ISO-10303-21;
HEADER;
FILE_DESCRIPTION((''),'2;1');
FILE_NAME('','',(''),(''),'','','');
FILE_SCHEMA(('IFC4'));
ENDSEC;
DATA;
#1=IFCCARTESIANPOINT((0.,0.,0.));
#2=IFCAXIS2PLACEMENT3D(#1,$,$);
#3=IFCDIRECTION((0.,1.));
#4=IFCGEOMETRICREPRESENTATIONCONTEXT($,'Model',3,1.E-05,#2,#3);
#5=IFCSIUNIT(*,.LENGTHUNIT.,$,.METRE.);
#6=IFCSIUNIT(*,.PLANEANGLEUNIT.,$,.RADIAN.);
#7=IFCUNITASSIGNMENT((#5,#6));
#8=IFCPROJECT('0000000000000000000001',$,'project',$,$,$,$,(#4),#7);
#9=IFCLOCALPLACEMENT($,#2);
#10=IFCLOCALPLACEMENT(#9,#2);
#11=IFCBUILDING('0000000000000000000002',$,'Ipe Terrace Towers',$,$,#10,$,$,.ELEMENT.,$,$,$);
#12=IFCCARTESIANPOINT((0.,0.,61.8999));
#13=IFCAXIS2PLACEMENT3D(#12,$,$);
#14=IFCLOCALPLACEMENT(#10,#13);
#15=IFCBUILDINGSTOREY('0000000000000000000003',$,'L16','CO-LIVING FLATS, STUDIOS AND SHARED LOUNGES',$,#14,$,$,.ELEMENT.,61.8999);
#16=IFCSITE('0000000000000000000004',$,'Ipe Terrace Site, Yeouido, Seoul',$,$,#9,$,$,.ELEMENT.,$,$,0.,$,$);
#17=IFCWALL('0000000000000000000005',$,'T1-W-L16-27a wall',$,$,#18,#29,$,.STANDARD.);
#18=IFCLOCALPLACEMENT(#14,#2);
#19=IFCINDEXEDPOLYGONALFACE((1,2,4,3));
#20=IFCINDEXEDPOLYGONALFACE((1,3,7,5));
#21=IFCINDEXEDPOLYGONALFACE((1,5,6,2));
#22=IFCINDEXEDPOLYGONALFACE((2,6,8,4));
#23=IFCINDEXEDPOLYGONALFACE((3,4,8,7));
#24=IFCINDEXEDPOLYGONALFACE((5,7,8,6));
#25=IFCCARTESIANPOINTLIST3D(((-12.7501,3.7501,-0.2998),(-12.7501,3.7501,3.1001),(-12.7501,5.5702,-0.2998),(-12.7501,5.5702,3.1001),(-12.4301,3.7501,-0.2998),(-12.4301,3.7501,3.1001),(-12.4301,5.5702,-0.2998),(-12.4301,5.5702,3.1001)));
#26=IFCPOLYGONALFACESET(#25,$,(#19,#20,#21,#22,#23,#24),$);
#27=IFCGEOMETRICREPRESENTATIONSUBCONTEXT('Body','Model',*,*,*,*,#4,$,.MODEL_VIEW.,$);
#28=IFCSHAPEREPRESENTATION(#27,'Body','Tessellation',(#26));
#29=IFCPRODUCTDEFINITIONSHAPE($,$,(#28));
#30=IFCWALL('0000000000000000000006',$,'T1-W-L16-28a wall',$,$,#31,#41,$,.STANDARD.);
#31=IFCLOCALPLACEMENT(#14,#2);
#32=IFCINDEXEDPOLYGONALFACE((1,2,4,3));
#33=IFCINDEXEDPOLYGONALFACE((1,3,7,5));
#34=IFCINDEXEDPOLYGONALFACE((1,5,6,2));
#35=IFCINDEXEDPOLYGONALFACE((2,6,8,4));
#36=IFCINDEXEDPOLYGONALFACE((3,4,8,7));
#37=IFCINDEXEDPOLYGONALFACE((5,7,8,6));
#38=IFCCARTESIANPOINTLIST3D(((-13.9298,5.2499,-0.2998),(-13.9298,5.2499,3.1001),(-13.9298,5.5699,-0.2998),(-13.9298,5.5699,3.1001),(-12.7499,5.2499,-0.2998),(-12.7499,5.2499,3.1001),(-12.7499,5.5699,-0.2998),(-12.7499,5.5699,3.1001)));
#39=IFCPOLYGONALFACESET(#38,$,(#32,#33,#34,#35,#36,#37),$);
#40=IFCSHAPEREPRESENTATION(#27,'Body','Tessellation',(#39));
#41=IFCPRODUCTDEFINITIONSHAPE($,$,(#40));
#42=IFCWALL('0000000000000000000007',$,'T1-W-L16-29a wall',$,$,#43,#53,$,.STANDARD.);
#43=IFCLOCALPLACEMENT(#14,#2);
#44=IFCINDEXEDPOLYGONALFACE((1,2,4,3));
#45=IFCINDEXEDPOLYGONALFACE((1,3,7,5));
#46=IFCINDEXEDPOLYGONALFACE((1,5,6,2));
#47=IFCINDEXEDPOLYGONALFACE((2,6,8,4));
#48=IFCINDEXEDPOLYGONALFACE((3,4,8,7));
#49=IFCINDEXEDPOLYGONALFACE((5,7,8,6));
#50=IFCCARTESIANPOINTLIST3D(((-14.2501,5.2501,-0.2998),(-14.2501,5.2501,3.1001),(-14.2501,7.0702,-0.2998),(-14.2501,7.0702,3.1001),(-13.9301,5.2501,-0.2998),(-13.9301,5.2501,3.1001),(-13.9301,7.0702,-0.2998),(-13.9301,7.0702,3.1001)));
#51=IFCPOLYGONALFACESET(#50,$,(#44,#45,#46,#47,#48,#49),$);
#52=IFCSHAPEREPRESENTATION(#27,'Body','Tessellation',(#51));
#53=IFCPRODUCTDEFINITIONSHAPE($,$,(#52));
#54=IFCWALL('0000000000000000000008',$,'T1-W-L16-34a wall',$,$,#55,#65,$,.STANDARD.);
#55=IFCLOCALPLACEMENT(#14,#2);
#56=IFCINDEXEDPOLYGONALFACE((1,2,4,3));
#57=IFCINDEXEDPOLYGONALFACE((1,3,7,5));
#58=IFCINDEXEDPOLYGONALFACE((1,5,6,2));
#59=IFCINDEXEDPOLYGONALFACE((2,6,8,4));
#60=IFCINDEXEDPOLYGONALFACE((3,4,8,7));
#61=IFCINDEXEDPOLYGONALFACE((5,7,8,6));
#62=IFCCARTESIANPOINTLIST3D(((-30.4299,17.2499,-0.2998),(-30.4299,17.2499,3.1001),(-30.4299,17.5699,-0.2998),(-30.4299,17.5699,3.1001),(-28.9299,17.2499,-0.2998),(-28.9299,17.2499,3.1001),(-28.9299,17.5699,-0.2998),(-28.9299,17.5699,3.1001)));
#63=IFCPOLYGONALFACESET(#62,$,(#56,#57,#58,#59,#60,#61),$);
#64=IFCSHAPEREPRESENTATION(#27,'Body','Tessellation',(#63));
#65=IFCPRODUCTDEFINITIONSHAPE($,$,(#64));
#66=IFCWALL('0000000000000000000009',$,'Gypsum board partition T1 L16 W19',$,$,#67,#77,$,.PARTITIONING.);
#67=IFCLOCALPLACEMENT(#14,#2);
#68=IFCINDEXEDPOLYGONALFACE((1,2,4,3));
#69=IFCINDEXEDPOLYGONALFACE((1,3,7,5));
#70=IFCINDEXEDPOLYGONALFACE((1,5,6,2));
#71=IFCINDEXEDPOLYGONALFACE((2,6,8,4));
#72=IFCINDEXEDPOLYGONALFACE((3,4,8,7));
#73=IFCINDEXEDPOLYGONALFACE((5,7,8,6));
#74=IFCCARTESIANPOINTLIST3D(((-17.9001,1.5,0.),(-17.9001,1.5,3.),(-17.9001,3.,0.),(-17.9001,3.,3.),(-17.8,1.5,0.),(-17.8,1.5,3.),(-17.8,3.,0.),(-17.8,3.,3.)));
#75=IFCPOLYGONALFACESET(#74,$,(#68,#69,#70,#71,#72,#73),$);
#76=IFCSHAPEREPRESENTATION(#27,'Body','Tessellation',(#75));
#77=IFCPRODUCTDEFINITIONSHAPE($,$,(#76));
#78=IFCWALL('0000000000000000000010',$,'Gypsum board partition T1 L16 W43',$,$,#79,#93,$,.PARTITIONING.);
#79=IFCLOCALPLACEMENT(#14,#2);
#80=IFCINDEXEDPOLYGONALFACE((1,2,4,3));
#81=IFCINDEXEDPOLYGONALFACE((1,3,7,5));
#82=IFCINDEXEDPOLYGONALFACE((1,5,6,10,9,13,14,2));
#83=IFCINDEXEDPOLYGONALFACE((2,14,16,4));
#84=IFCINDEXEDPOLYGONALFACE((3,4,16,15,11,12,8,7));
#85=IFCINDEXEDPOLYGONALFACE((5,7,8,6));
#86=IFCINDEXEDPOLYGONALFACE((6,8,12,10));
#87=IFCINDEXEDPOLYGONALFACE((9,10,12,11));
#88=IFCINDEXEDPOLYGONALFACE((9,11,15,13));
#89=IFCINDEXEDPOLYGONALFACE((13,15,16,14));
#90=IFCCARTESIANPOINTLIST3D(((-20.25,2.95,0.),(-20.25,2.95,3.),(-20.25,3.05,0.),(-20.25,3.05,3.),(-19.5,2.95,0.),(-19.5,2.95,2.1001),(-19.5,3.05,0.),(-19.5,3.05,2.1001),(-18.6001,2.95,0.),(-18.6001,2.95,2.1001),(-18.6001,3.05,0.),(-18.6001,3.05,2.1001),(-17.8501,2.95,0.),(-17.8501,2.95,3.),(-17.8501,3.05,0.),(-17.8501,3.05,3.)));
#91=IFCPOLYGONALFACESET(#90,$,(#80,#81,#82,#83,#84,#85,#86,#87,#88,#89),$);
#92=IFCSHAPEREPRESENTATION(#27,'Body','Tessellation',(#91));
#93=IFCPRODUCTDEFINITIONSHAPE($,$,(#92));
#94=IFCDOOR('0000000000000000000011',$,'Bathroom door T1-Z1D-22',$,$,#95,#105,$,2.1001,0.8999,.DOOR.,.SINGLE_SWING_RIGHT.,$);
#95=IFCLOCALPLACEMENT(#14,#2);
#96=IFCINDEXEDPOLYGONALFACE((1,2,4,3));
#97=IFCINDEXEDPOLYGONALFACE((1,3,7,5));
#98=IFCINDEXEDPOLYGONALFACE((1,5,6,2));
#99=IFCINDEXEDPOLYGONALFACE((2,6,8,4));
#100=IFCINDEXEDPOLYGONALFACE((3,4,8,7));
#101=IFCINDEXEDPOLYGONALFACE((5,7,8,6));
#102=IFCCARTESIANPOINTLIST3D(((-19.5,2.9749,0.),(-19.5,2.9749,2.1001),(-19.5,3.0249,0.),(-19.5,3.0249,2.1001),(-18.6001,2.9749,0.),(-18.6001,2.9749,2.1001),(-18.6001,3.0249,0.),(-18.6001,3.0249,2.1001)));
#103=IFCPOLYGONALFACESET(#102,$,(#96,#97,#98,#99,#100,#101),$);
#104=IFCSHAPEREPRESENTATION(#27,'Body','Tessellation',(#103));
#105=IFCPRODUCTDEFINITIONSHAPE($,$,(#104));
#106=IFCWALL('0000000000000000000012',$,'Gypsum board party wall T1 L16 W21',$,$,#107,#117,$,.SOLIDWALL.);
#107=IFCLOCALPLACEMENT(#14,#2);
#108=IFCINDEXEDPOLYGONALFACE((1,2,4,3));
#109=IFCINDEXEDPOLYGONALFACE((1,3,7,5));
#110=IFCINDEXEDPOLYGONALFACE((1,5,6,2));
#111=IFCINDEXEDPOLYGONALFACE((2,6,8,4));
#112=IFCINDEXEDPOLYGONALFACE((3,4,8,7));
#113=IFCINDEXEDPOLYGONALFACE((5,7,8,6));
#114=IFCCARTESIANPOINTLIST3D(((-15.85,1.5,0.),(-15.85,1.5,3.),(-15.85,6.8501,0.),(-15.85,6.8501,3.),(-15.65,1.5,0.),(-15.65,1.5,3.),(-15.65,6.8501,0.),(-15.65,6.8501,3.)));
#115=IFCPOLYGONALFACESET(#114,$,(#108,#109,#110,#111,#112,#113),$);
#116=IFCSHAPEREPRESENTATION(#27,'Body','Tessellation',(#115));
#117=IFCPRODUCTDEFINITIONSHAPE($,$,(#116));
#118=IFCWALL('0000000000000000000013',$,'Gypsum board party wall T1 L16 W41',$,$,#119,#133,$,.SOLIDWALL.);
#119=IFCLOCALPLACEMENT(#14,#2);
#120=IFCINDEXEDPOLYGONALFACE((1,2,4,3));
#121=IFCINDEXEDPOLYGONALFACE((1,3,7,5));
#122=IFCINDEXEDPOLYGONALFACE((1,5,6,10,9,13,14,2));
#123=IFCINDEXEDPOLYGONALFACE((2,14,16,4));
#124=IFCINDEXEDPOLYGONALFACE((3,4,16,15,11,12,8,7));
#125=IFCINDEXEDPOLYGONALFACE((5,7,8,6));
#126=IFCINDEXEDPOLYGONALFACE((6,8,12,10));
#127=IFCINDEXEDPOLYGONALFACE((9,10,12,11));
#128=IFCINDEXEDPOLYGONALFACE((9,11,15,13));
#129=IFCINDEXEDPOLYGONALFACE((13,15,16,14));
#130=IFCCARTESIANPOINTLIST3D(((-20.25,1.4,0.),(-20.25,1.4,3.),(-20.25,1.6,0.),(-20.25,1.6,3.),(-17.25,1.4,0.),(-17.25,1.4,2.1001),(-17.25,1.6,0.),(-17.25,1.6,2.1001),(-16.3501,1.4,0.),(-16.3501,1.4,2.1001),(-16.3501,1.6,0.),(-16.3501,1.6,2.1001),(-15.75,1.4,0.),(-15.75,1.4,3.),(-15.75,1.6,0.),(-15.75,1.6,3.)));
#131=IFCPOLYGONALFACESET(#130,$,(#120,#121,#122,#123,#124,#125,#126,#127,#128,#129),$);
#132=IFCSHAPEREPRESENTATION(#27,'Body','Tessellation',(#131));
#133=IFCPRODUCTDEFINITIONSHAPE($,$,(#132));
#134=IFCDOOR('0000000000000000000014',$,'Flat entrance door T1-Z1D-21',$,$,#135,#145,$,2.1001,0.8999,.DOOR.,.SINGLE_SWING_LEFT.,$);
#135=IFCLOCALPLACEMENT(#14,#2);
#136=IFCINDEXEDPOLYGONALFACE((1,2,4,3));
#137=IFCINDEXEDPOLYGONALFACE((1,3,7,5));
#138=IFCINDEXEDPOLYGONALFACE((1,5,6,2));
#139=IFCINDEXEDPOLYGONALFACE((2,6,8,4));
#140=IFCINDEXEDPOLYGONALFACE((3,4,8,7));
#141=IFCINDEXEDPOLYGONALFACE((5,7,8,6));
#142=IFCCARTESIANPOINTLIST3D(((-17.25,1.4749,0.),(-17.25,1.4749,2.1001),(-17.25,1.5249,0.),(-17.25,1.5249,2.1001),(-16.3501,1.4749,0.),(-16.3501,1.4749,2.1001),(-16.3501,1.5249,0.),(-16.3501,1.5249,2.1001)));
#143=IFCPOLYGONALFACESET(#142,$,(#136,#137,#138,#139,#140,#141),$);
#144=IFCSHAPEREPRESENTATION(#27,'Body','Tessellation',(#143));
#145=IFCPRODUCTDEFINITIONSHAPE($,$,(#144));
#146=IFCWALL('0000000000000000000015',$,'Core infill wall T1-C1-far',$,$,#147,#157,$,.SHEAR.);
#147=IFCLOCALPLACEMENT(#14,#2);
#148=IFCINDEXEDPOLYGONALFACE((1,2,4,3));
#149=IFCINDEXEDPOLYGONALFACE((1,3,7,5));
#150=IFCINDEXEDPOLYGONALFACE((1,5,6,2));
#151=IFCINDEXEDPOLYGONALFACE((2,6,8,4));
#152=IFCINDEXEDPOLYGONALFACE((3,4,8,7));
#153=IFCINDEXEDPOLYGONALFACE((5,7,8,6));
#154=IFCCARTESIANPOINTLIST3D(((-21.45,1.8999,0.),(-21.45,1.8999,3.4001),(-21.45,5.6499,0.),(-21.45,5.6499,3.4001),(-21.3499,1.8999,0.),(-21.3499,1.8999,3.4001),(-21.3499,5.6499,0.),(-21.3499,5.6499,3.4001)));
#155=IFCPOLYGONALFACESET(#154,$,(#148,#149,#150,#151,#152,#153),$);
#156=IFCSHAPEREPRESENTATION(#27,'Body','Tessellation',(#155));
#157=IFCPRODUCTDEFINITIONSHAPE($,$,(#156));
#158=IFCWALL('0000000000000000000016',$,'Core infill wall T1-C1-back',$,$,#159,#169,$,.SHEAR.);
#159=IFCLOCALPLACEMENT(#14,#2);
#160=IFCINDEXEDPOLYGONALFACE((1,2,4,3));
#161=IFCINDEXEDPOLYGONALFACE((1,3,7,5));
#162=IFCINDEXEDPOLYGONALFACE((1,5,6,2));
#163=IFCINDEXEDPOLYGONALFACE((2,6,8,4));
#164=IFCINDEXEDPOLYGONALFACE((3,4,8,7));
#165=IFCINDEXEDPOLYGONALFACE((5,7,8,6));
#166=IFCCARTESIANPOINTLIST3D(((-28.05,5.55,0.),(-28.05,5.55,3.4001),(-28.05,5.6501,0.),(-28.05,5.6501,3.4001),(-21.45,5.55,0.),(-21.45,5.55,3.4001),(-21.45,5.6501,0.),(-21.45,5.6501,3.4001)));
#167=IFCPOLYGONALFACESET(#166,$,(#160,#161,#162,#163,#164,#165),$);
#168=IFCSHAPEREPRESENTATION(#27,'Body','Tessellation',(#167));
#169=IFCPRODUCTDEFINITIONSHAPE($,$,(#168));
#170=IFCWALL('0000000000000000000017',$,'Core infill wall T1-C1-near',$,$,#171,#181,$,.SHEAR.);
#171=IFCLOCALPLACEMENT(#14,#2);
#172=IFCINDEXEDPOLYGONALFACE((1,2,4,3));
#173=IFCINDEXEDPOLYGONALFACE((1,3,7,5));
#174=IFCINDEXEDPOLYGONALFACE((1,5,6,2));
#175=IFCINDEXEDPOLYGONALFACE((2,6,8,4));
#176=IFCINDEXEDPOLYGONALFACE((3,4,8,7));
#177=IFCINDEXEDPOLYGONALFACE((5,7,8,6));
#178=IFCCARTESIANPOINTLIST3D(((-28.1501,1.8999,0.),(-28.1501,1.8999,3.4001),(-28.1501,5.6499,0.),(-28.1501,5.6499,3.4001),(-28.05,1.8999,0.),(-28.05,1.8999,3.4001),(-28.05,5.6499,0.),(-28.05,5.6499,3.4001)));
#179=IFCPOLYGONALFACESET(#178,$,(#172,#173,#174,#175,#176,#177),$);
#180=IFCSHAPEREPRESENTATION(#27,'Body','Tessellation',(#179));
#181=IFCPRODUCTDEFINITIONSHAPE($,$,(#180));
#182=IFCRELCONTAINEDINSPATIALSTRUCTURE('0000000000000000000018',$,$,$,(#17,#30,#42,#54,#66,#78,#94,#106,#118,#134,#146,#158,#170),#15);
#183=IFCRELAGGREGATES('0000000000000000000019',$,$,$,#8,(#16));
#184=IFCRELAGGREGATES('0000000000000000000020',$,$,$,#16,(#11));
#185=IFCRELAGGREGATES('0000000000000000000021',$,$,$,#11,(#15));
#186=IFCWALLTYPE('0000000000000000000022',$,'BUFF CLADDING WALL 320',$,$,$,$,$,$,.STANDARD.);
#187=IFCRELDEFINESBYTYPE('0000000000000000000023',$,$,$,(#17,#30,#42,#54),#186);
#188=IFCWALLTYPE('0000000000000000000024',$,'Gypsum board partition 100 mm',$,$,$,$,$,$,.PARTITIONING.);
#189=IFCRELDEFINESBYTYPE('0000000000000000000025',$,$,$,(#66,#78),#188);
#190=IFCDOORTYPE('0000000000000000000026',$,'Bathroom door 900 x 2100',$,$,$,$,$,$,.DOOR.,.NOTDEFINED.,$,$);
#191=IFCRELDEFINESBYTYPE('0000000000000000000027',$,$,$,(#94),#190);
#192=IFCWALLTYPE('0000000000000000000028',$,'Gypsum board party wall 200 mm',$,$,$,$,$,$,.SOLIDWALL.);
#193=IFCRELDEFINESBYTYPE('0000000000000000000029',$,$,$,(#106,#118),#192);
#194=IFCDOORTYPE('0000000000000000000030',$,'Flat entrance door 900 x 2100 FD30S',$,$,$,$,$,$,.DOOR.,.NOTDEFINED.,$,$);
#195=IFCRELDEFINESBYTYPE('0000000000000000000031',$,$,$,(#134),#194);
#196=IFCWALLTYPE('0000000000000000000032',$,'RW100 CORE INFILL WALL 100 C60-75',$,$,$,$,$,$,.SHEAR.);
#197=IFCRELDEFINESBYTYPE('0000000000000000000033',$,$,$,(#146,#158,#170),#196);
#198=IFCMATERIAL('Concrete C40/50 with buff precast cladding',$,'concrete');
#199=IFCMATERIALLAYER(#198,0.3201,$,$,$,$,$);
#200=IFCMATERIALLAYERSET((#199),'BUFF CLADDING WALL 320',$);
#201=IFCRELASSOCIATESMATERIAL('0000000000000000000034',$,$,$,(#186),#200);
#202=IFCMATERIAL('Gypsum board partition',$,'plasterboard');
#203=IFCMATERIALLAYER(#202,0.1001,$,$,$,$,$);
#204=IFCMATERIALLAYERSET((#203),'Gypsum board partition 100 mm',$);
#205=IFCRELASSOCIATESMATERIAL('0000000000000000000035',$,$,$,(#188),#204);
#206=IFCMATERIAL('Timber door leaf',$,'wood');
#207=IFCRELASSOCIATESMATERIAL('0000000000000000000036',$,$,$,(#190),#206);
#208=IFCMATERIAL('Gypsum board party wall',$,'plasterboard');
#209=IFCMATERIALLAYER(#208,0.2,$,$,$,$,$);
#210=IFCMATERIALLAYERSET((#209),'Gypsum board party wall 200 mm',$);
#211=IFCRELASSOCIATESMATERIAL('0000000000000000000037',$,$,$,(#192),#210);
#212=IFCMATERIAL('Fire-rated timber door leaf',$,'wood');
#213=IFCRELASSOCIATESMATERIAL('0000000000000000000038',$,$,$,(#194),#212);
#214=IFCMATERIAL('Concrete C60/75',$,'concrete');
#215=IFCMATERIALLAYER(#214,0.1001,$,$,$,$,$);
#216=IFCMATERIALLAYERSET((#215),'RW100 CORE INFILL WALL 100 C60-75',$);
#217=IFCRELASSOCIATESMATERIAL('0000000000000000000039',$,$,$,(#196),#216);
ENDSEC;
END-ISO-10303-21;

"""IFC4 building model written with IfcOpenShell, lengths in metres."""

from ifc_helpers import new_model, si_unit, direction, frame, frame_2d, origin, place, context, subcontext, project, spatial, rectangle, extrude, material, layer, layer_set, type_object, element, fill, save


model = new_model("IFC4")

# Units and contexts
model_context = context("Model", 3, precision=1e-05, world=origin(), true_north=direction((0.0, 1.0)))
body_context = subcontext(model_context, "Body", "Model", "MODEL_VIEW")
ifc_project = project(units=[si_unit("LENGTHUNIT", "METRE"), si_unit("PLANEANGLEUNIT", "RADIAN")], contexts=[model_context])

# Site, building, storey
site_placement = place(None, origin())
site = spatial("IfcSite", under=ifc_project, at=site_placement, Name="Ipe Terrace Site, Yeouido, Seoul", CompositionType="ELEMENT", RefElevation=0.0)
building_placement = place(site_placement, origin())
building = spatial("IfcBuilding", under=site, at=building_placement, Name="Ipe Terrace Towers", CompositionType="ELEMENT")
storey_placement = place(building_placement, frame((0.0, 0.0, 61.8999)))
storey = spatial("IfcBuildingStorey", under=building, at=storey_placement, Name="L16", Description="CO-LIVING FLATS, STUDIOS AND SHARED LOUNGES", CompositionType="ELEMENT", Elevation=61.8999)

# Walls
ifc_material_1 = material(Name="Concrete C40/50 with buff precast cladding", Category="concrete")
ifc_layer_1 = layer(ifc_material_1, 0.3201)
ifc_layer_set_1 = layer_set([ifc_layer_1], Name="BUFF CLADDING WALL 320")
wall_type_1 = type_object("IfcWallType", Name="BUFF CLADDING WALL 320", PredefinedType="STANDARD", material=ifc_layer_set_1)
wall_1_placement = place(storey_placement, frame((-12.5901, 3.75, -0.2998), z_axis=(0.0, 0.0, 1.0), x_axis=(0.0, 1.0, 0.0)))
element("IfcWall", 1, at=wall_1_placement, inside=storey, type_object=wall_type_1, Name="T1-W-L16-27a wall", PredefinedType="STANDARD", context=body_context, shape_type="SweptSolid", body=[
    extrude(rectangle(XDim=1.8201, YDim=0.3201, at=frame_2d((0.9102, 0.0))), origin(), (0.0, 0.0, 1.0), 3.3999),
])
wall_2_placement = place(storey_placement, frame((-12.75, 5.4099, -0.2998), z_axis=(0.0, 0.0, 1.0), x_axis=(-1.0, 0.0, 0.0)))
element("IfcWall", 2, at=wall_2_placement, inside=storey, type_object=wall_type_1, Name="T1-W-L16-28a wall", PredefinedType="STANDARD", context=body_context, shape_type="SweptSolid", body=[
    extrude(rectangle(XDim=1.1799, YDim=0.3201, at=frame_2d((0.5898, 0.0))), origin(), (0.0, 0.0, 1.0), 3.3999),
])
wall_3_placement = place(storey_placement, frame((-14.0901, 5.25, -0.2998), z_axis=(0.0, 0.0, 1.0), x_axis=(0.0, 1.0, 0.0)))
element("IfcWall", 3, at=wall_3_placement, inside=storey, type_object=wall_type_1, Name="T1-W-L16-29a wall", PredefinedType="STANDARD", context=body_context, shape_type="SweptSolid", body=[
    extrude(rectangle(XDim=1.8201, YDim=0.3201, at=frame_2d((0.9102, 0.0))), origin(), (0.0, 0.0, 1.0), 3.3999),
])
wall_4_placement = place(storey_placement, frame((-28.9299, 17.4099, -0.2998), z_axis=(0.0, 0.0, 1.0), x_axis=(-1.0, 0.0, 0.0)))
element("IfcWall", 4, at=wall_4_placement, inside=storey, type_object=wall_type_1, Name="T1-W-L16-34a wall", PredefinedType="STANDARD", context=body_context, shape_type="SweptSolid", body=[
    extrude(rectangle(XDim=1.5, YDim=0.3201, at=frame_2d((0.75, 0.0))), origin(), (0.0, 0.0, 1.0), 3.3999),
])
ifc_material_2 = material(Name="Gypsum board partition", Category="plasterboard")
ifc_layer_2 = layer(ifc_material_2, 0.1001)
ifc_layer_set_2 = layer_set([ifc_layer_2], Name="Gypsum board partition 100 mm")
wall_type_2 = type_object("IfcWallType", Name="Gypsum board partition 100 mm", PredefinedType="PARTITIONING", material=ifc_layer_set_2)
wall_5_placement = place(storey_placement, frame((-17.8501, 1.5, 0.0), z_axis=(0.0, 0.0, 1.0), x_axis=(0.0, 1.0, 0.0)))
element("IfcWall", 5, at=wall_5_placement, inside=storey, type_object=wall_type_2, Name="Gypsum board partition T1 L16 W19", PredefinedType="PARTITIONING", context=body_context, shape_type="SweptSolid", body=[
    extrude(rectangle(XDim=1.5, YDim=0.1001, at=frame_2d((0.75, 0.0))), origin(), (0.0, 0.0, 1.0), 3.0),
])

# Wall, opening, door
wall_6_placement = place(storey_placement, frame((-20.25, 3.0, 0.0), z_axis=(0.0, 0.0, 1.0), x_axis=(1.0, 0.0, 0.0)))
wall_6 = element("IfcWall", 6, at=wall_6_placement, inside=storey, type_object=wall_type_2, Name="Gypsum board partition T1 L16 W43", PredefinedType="PARTITIONING", context=body_context, shape_type="SweptSolid", body=[
    extrude(rectangle(XDim=2.3999, YDim=0.1001, at=frame_2d((1.2, 0.0))), origin(), (0.0, 0.0, 1.0), 3.0),
])
opening_1_placement = place(wall_6_placement, frame((0.75, 0.0, 0.0)))
opening_1 = element("IfcOpeningElement", 7, at=opening_1_placement, cuts=wall_6, PredefinedType="OPENING", context=body_context, shape_type="SweptSolid", body=[
    extrude(rectangle(XDim=0.8999, YDim=2.1001, at=frame_2d((0.45, 1.05))), frame((0.0, 0.0601, 0.0), z_axis=(0.0, -1.0, 0.0), x_axis=(1.0, 0.0, 0.0)), (0.0, 0.0, 1.0), 0.1201),
])
ifc_material_3 = material(Name="Timber door leaf", Category="wood")
door_type_1 = type_object("IfcDoorType", Name="Bathroom door 900 x 2100", OperationType="NOTDEFINED", PredefinedType="DOOR", material=ifc_material_3)
door_1_placement = place(opening_1_placement, origin())
door_1 = element("IfcDoor", 8, at=door_1_placement, inside=storey, type_object=door_type_1, Name="Bathroom door T1-Z1D-22", OperationType="SINGLE_SWING_RIGHT", OverallHeight=2.1001, OverallWidth=0.8999, PredefinedType="DOOR", context=body_context, shape_type="SweptSolid", body=[
    extrude(rectangle(XDim=0.8999, YDim=2.1001, at=frame_2d((0.45, 1.05))), frame((0.0, 0.0249, 0.0), z_axis=(0.0, -1.0, 0.0), x_axis=(1.0, 0.0, 0.0)), (0.0, 0.0, 1.0), 0.05),
])
fill(opening_1, door_1)

# Wall
ifc_material_4 = material(Name="Gypsum board party wall", Category="plasterboard")
ifc_layer_3 = layer(ifc_material_4, 0.2)
ifc_layer_set_3 = layer_set([ifc_layer_3], Name="Gypsum board party wall 200 mm")
wall_type_3 = type_object("IfcWallType", Name="Gypsum board party wall 200 mm", PredefinedType="SOLIDWALL", material=ifc_layer_set_3)
wall_7_placement = place(storey_placement, frame((-15.75, 1.5, 0.0), z_axis=(0.0, 0.0, 1.0), x_axis=(0.0, 1.0, 0.0)))
element("IfcWall", 9, at=wall_7_placement, inside=storey, type_object=wall_type_3, Name="Gypsum board party wall T1 L16 W21", PredefinedType="SOLIDWALL", context=body_context, shape_type="SweptSolid", body=[
    extrude(rectangle(XDim=5.3501, YDim=0.2, at=frame_2d((2.675, 0.0))), origin(), (0.0, 0.0, 1.0), 3.0),
])

# Wall, opening, door
wall_8_placement = place(storey_placement, frame((-20.25, 1.5, 0.0), z_axis=(0.0, 0.0, 1.0), x_axis=(1.0, 0.0, 0.0)))
wall_8 = element("IfcWall", 10, at=wall_8_placement, inside=storey, type_object=wall_type_3, Name="Gypsum board party wall T1 L16 W41", PredefinedType="SOLIDWALL", context=body_context, shape_type="SweptSolid", body=[
    extrude(rectangle(XDim=4.5, YDim=0.2, at=frame_2d((2.25, 0.0))), origin(), (0.0, 0.0, 1.0), 3.0),
])
opening_2_placement = place(wall_8_placement, frame((3.0, 0.0, 0.0)))
opening_2 = element("IfcOpeningElement", 11, at=opening_2_placement, cuts=wall_8, PredefinedType="OPENING", context=body_context, shape_type="SweptSolid", body=[
    extrude(rectangle(XDim=0.8999, YDim=2.1001, at=frame_2d((0.45, 1.05))), frame((0.0, 0.1099, 0.0), z_axis=(0.0, -1.0, 0.0), x_axis=(1.0, 0.0, 0.0)), (0.0, 0.0, 1.0), 0.22),
])
ifc_material_5 = material(Name="Fire-rated timber door leaf", Category="wood")
door_type_2 = type_object("IfcDoorType", Name="Flat entrance door 900 x 2100 FD30S", OperationType="NOTDEFINED", PredefinedType="DOOR", material=ifc_material_5)
door_2_placement = place(opening_2_placement, origin())
door_2 = element("IfcDoor", 12, at=door_2_placement, inside=storey, type_object=door_type_2, Name="Flat entrance door T1-Z1D-21", OperationType="SINGLE_SWING_LEFT", OverallHeight=2.1001, OverallWidth=0.8999, PredefinedType="DOOR", context=body_context, shape_type="SweptSolid", body=[
    extrude(rectangle(XDim=0.8999, YDim=2.1001, at=frame_2d((0.45, 1.05))), frame((0.0, 0.0249, 0.0), z_axis=(0.0, -1.0, 0.0), x_axis=(1.0, 0.0, 0.0)), (0.0, 0.0, 1.0), 0.05),
])
fill(opening_2, door_2)

# Walls
ifc_material_6 = material(Name="Concrete C60/75", Category="concrete")
ifc_layer_4 = layer(ifc_material_6, 0.1001)
ifc_layer_set_4 = layer_set([ifc_layer_4], Name="RW100 CORE INFILL WALL 100 C60-75")
wall_type_4 = type_object("IfcWallType", Name="RW100 CORE INFILL WALL 100 C60-75", PredefinedType="SHEAR", material=ifc_layer_set_4)
wall_9_placement = place(storey_placement, frame((-21.3999, 1.8999, 0.0), z_axis=(0.0, 0.0, 1.0), x_axis=(0.0, 1.0, 0.0)))
element("IfcWall", 13, at=wall_9_placement, inside=storey, type_object=wall_type_4, Name="Core infill wall T1-C1-far", PredefinedType="SHEAR", context=body_context, shape_type="SweptSolid", body=[
    extrude(rectangle(XDim=3.75, YDim=0.1001, at=frame_2d((1.875, 0.0))), origin(), (0.0, 0.0, 1.0), 3.4001),
])
wall_10_placement = place(storey_placement, frame((-28.05, 5.6001, 0.0), z_axis=(0.0, 0.0, 1.0), x_axis=(1.0, 0.0, 0.0)))
element("IfcWall", 14, at=wall_10_placement, inside=storey, type_object=wall_type_4, Name="Core infill wall T1-C1-back", PredefinedType="SHEAR", context=body_context, shape_type="SweptSolid", body=[
    extrude(rectangle(XDim=6.6001, YDim=0.1001, at=frame_2d((3.3, 0.0))), origin(), (0.0, 0.0, 1.0), 3.4001),
])
wall_11_placement = place(storey_placement, frame((-28.1001, 1.8999, 0.0), z_axis=(0.0, 0.0, 1.0), x_axis=(0.0, 1.0, 0.0)))
element("IfcWall", 15, at=wall_11_placement, inside=storey, type_object=wall_type_4, Name="Core infill wall T1-C1-near", PredefinedType="SHEAR", context=body_context, shape_type="SweptSolid", body=[
    extrude(rectangle(XDim=3.75, YDim=0.1001, at=frame_2d((1.875, 0.0))), origin(), (0.0, 0.0, 1.0), 3.4001),
])

save(model, "model.ifc")
